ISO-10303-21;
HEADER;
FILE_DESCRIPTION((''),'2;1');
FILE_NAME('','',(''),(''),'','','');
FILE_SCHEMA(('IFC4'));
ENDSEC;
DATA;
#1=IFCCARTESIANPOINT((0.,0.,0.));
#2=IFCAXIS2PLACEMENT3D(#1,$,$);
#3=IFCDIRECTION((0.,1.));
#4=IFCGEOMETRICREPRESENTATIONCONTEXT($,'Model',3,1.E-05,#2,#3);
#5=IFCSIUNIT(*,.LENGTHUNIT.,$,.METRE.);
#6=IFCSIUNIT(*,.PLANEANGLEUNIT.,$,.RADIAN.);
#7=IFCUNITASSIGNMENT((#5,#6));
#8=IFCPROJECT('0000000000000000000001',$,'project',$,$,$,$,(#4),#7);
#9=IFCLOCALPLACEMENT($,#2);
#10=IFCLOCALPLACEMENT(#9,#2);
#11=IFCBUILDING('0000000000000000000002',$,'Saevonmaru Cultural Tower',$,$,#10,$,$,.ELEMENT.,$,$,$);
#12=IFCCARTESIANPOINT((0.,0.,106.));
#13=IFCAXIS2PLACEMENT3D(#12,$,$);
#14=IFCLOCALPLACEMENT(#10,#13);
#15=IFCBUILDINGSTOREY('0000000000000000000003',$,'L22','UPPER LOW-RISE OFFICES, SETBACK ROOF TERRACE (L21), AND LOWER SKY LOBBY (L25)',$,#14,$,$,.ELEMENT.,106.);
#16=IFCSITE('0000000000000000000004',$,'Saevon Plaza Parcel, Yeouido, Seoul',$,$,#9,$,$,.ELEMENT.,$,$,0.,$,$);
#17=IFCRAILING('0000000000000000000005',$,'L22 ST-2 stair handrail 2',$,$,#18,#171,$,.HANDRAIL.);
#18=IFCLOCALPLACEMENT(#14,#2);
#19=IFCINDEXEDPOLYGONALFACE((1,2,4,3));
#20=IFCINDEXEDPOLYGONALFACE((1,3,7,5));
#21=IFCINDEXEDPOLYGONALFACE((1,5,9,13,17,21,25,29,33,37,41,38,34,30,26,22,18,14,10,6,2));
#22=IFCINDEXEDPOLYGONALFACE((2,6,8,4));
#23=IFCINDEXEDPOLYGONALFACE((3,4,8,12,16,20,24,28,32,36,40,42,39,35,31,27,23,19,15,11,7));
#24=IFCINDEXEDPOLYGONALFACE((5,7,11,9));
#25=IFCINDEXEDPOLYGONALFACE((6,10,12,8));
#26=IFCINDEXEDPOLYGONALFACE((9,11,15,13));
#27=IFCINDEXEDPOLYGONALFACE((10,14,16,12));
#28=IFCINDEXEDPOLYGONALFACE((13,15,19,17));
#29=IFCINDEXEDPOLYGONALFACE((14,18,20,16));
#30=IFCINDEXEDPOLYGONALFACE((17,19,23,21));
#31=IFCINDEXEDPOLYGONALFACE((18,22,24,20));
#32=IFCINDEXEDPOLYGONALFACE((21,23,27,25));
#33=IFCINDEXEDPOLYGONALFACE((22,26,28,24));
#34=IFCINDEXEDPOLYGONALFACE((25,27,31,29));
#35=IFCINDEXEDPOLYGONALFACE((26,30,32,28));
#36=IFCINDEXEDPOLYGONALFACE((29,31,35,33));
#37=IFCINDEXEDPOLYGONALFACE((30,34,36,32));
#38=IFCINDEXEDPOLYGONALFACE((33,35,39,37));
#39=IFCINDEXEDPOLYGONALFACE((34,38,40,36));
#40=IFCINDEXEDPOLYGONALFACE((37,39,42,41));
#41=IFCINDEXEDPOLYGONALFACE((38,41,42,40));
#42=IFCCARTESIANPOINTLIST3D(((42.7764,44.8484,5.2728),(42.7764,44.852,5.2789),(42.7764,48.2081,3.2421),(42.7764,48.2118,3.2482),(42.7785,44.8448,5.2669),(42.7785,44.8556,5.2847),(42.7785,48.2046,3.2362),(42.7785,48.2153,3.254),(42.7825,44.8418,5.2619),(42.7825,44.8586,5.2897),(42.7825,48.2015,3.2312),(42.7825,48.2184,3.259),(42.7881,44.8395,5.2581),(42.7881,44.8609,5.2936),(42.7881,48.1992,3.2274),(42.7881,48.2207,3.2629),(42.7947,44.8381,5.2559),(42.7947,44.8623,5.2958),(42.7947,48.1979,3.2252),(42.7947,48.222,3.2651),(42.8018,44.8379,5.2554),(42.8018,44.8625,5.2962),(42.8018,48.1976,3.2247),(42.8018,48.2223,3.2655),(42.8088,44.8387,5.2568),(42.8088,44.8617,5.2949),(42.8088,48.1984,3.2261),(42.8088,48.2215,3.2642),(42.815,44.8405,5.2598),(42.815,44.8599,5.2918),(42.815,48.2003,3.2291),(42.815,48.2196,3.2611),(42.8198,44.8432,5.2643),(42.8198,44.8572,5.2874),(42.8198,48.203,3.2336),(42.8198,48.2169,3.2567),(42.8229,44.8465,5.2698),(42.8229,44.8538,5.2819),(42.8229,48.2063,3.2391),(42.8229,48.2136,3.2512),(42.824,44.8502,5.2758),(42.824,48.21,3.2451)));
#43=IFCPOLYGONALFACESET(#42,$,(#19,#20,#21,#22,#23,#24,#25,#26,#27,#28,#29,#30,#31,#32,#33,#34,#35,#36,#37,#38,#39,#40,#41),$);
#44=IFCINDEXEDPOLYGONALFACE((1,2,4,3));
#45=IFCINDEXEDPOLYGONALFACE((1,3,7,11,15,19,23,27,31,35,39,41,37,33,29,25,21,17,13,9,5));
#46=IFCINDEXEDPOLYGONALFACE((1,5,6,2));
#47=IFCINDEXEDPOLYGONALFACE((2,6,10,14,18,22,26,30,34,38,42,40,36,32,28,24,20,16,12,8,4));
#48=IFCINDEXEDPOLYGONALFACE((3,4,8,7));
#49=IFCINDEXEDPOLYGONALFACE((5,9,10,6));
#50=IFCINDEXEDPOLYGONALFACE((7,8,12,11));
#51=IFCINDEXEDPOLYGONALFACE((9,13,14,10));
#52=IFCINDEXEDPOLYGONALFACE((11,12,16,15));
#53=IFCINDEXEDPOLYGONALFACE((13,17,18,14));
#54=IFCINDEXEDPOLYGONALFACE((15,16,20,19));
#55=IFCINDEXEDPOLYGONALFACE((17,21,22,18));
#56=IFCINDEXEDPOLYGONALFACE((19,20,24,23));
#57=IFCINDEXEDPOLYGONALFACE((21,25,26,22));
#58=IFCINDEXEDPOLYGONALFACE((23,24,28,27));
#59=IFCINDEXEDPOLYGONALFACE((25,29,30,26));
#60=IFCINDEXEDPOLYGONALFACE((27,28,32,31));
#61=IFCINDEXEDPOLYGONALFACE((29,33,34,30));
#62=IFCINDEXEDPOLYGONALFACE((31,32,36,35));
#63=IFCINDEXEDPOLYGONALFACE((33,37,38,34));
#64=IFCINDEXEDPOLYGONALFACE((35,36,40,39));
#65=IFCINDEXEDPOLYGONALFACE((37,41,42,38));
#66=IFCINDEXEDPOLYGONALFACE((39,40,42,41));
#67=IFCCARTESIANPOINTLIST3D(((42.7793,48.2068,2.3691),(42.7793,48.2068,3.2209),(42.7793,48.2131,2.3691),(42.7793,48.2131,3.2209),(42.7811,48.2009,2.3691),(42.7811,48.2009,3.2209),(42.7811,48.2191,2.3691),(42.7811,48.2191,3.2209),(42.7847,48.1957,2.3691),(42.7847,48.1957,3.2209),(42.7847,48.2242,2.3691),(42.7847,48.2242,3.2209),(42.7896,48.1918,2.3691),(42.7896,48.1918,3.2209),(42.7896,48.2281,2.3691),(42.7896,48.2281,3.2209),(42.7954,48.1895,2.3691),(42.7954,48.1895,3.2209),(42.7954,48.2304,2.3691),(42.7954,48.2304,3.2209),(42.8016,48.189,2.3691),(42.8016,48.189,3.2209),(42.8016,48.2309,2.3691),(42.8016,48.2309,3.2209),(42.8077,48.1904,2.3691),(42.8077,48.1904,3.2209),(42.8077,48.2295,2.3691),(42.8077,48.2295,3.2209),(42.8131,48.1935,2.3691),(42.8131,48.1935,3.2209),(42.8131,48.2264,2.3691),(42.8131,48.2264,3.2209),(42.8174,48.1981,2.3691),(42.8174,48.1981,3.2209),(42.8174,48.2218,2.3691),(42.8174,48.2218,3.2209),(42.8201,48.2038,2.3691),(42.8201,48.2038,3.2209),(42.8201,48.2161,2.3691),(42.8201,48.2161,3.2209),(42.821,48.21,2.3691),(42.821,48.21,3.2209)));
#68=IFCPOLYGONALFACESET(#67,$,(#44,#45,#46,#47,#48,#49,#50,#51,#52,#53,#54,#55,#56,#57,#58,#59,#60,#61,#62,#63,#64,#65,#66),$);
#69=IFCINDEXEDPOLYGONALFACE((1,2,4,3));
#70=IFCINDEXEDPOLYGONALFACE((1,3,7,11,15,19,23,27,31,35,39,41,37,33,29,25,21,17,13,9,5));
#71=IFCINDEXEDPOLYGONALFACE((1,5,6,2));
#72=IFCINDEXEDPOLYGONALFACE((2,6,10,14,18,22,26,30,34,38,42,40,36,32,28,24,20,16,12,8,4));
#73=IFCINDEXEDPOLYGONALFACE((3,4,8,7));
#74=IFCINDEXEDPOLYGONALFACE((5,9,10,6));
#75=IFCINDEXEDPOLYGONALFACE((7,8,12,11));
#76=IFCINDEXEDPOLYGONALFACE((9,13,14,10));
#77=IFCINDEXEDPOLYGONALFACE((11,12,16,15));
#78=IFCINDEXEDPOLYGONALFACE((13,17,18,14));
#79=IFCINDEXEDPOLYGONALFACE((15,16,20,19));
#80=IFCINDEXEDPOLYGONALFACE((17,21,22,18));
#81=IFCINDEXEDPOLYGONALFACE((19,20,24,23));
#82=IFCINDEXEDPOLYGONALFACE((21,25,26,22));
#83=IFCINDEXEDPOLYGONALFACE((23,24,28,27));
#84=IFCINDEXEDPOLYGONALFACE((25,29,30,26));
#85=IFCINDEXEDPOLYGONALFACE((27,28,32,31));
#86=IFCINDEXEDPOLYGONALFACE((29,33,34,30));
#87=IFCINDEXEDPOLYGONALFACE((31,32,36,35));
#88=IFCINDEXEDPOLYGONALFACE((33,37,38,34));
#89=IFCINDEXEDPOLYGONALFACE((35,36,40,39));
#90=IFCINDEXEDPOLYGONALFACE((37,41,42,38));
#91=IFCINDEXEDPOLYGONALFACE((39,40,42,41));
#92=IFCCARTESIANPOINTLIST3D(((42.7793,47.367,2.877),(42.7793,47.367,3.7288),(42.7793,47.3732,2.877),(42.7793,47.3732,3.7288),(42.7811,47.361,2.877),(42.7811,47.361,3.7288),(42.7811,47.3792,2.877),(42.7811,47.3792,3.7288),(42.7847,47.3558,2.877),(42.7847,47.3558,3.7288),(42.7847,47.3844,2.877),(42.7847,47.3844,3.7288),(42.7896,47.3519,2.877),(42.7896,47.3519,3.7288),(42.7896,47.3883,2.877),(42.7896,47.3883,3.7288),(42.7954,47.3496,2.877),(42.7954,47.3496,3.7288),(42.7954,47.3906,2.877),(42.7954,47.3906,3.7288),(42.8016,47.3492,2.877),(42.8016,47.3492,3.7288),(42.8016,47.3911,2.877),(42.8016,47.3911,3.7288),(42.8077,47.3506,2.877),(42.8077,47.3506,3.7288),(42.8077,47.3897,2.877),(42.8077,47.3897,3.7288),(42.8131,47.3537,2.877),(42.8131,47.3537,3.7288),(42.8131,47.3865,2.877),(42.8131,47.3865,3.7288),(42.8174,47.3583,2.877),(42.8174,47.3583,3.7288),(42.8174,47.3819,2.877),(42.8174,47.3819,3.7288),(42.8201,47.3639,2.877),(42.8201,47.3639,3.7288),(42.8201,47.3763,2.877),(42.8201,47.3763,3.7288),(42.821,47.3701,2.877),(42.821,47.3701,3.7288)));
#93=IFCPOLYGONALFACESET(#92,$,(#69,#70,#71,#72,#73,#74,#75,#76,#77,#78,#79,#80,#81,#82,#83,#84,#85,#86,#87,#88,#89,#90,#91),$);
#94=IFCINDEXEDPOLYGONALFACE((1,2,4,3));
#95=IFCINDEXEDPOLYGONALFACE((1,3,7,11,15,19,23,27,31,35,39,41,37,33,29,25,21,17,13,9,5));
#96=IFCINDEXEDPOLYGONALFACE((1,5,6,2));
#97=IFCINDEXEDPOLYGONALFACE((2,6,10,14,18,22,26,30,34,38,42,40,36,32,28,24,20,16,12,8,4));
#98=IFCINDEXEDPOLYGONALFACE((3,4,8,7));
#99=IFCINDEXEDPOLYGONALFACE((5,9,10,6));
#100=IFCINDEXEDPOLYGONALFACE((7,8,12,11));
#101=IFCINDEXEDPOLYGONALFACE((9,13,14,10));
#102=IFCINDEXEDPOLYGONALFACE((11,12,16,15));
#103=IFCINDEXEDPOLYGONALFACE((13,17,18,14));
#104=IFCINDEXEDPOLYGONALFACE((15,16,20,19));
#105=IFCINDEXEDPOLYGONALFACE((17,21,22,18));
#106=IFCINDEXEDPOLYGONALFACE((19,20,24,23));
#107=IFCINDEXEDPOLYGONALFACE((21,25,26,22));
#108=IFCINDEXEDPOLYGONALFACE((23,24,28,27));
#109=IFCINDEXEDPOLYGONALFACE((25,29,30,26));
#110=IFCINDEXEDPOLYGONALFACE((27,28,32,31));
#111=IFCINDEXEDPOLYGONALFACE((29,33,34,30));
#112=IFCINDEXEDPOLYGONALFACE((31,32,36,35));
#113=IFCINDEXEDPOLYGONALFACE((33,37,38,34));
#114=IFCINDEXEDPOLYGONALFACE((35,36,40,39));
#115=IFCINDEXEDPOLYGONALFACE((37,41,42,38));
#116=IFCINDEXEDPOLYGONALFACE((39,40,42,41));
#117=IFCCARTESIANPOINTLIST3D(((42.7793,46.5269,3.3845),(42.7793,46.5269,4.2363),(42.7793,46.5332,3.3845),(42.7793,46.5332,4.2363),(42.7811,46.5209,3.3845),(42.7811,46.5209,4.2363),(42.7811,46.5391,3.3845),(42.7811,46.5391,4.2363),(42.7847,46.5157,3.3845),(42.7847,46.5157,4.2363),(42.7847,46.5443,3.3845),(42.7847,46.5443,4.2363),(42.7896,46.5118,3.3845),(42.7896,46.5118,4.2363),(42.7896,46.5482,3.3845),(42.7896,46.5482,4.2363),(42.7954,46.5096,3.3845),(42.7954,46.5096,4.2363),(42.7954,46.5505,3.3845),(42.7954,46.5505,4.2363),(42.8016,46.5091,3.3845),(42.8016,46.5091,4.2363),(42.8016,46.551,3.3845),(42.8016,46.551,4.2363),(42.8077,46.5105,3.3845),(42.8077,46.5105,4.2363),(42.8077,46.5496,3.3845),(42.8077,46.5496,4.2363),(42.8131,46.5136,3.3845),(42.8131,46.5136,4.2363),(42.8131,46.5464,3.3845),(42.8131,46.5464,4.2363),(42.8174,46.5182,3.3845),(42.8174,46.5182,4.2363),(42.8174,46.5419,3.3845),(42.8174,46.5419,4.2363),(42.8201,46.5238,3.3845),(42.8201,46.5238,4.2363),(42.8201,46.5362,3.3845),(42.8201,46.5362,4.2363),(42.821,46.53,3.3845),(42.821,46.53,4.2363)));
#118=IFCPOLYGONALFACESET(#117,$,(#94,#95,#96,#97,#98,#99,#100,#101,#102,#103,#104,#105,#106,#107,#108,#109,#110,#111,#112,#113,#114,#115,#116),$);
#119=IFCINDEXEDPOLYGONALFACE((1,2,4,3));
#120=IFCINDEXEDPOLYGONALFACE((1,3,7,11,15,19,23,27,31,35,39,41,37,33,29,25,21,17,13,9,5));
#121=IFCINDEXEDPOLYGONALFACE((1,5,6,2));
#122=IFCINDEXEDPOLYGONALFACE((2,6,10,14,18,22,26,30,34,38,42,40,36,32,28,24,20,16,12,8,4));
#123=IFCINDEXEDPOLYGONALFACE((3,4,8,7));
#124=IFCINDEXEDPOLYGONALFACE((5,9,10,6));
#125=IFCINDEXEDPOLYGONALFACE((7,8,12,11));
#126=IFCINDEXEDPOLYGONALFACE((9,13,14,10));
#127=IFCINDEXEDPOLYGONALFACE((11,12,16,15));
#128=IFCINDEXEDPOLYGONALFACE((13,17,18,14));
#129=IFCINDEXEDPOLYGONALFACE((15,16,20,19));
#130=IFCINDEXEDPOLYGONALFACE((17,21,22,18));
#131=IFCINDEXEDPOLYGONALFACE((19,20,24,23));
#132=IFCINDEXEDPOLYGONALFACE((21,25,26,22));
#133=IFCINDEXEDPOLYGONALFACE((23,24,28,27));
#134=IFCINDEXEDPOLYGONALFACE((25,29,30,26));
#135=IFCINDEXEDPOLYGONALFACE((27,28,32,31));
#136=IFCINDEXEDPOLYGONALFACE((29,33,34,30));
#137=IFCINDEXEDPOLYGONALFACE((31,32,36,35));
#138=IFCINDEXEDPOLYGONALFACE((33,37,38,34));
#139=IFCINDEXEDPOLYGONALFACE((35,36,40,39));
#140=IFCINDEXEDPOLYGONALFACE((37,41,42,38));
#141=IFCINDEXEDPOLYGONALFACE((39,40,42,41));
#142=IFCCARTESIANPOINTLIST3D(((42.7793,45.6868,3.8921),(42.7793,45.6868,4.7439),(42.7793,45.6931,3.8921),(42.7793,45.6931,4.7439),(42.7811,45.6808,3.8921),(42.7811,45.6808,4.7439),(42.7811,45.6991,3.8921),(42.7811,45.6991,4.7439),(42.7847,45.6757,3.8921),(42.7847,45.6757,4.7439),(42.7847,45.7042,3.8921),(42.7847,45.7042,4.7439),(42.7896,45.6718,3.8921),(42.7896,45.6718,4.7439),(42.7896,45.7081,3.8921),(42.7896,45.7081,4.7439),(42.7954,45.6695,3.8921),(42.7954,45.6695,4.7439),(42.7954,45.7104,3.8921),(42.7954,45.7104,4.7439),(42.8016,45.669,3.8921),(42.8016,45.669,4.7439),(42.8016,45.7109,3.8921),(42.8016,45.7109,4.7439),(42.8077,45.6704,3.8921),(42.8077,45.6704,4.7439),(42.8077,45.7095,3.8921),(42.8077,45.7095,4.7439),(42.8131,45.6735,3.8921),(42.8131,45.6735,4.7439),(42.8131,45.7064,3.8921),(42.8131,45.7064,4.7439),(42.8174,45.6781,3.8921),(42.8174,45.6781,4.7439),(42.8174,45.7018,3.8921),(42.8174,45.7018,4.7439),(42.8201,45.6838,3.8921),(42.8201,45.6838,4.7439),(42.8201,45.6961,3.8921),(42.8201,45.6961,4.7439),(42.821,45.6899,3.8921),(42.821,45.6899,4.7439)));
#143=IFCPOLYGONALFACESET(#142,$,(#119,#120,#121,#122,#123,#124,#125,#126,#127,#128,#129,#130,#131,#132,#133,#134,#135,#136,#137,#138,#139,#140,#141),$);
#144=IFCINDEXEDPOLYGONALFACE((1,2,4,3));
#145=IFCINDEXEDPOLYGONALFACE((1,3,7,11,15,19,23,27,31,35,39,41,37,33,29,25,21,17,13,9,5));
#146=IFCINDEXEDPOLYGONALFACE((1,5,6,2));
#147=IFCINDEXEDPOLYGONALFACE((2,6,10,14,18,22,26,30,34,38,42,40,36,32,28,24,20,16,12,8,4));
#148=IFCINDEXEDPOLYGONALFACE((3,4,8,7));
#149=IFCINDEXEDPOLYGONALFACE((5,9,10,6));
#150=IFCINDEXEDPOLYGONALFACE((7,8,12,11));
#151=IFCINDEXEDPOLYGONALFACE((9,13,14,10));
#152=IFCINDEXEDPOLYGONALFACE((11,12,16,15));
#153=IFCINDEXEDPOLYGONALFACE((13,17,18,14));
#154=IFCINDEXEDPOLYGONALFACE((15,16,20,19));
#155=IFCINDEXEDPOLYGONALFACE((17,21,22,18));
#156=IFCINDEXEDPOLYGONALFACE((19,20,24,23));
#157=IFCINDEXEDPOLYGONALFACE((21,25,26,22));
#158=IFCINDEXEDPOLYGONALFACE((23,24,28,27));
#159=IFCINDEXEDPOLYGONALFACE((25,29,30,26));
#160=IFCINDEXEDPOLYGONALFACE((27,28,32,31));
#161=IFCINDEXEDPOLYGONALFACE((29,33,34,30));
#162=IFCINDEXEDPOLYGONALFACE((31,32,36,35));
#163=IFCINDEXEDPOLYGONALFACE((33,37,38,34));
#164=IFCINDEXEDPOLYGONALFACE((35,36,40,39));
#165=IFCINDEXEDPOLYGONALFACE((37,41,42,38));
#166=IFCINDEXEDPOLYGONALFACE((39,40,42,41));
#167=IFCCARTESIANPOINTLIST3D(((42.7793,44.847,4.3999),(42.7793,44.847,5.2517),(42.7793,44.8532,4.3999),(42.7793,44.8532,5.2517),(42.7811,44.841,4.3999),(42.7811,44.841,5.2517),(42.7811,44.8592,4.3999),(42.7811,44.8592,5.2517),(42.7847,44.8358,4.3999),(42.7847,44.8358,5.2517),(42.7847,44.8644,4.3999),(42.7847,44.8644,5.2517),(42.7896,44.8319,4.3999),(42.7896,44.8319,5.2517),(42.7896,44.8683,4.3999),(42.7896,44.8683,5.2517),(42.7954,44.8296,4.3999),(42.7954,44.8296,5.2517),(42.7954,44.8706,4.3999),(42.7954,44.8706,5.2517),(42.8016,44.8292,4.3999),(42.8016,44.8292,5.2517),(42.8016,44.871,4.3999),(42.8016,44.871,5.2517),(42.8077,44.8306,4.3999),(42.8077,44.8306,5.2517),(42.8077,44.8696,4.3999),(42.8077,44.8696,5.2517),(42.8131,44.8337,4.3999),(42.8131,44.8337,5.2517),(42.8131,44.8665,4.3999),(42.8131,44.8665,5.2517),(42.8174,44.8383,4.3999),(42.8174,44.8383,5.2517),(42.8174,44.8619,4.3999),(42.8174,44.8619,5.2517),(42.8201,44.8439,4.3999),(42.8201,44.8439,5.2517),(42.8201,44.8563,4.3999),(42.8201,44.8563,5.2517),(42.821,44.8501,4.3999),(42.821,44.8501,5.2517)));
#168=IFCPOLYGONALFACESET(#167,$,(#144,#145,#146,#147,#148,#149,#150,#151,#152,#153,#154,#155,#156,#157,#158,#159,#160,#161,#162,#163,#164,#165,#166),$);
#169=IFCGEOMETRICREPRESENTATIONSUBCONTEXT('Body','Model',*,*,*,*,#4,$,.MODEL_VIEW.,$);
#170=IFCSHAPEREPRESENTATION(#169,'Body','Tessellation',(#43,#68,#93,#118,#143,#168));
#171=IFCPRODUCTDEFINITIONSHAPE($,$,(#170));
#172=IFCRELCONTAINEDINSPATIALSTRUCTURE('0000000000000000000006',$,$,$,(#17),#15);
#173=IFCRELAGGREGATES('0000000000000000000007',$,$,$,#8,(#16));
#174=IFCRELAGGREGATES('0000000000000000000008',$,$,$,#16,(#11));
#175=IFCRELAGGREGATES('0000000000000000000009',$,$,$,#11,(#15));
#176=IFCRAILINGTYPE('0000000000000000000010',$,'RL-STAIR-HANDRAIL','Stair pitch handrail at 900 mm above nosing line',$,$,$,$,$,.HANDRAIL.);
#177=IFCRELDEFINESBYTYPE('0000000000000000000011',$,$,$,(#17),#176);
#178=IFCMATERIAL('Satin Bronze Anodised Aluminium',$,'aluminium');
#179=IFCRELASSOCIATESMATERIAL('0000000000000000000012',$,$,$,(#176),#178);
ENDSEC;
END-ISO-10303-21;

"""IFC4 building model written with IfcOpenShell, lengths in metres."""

from ifc_helpers import new_model, si_unit, direction, frame, origin, origin_2d, place, context, subcontext, project, spatial, circle, extrude, material, type_object, element, save


model = new_model("IFC4")

# Units and contexts
model_context = context("Model", 3, precision=1e-05, world=origin(), true_north=direction((0.0, 1.0)))
body_context = subcontext(model_context, "Body", "Model", "MODEL_VIEW")
ifc_project = project(units=[si_unit("LENGTHUNIT", "METRE"), si_unit("PLANEANGLEUNIT", "RADIAN")], contexts=[model_context])

# Site, building, storey
site_placement = place(None, origin())
site = spatial("IfcSite", under=ifc_project, at=site_placement, Name="Saevon Plaza Parcel, Yeouido, Seoul", CompositionType="ELEMENT", RefElevation=0.0)
building_placement = place(site_placement, origin())
building = spatial("IfcBuilding", under=site, at=building_placement, Name="Saevonmaru Cultural Tower", CompositionType="ELEMENT")
storey_placement = place(building_placement, frame((0.0, 0.0, 106.0)))
storey = spatial("IfcBuildingStorey", under=building, at=storey_placement, Name="L22", Description="UPPER LOW-RISE OFFICES, SETBACK ROOF TERRACE (L21), AND LOWER SKY LOBBY (L25)", CompositionType="ELEMENT", Elevation=106.0)

# Shared definitions
ifc_material_1 = material(Name="Satin Bronze Anodised Aluminium", Category="aluminium")

# Railing
railing_type = type_object("IfcRailingType", Name="RL-STAIR-HANDRAIL", Description="Stair pitch handrail at 900 mm above nosing line", PredefinedType="HANDRAIL", material=ifc_material_1)
railing_placement = place(storey_placement, frame((42.8, 48.21, 2.3691)))
element("IfcRailing", 1, at=railing_placement, inside=storey, type_object=railing_type, Name="L22 ST-2 stair handrail 2", PredefinedType="HANDRAIL", context=body_context, shape_type="SweptSolid", body=[
    extrude(circle(Radius=0.0239, at=origin_2d()), frame((0.0, 0.0, 0.876), z_axis=(0.0, -0.85582, 0.517273), x_axis=(1.0, 0.0, 0.0)), (0.0, 0.0, 1.0), 3.9258),
    extrude(circle(Radius=0.021, at=origin_2d()), origin(), (0.0, 0.0, 1.0), 0.8518),
    extrude(circle(Radius=0.021, at=origin_2d()), frame((0.0, -0.8398, 0.5078)), (0.0, 0.0, 1.0), 0.8518),
    extrude(circle(Radius=0.021, at=origin_2d()), frame((0.0, -1.6799, 1.0154)), (0.0, 0.0, 1.0), 0.8518),
    extrude(circle(Radius=0.021, at=origin_2d()), frame((0.0, -2.52, 1.5229)), (0.0, 0.0, 1.0), 0.8518),
    extrude(circle(Radius=0.021, at=origin_2d()), frame((0.0, -3.3599, 2.0308)), (0.0, 0.0, 1.0), 0.8518),
])

save(model, "model.ifc")
